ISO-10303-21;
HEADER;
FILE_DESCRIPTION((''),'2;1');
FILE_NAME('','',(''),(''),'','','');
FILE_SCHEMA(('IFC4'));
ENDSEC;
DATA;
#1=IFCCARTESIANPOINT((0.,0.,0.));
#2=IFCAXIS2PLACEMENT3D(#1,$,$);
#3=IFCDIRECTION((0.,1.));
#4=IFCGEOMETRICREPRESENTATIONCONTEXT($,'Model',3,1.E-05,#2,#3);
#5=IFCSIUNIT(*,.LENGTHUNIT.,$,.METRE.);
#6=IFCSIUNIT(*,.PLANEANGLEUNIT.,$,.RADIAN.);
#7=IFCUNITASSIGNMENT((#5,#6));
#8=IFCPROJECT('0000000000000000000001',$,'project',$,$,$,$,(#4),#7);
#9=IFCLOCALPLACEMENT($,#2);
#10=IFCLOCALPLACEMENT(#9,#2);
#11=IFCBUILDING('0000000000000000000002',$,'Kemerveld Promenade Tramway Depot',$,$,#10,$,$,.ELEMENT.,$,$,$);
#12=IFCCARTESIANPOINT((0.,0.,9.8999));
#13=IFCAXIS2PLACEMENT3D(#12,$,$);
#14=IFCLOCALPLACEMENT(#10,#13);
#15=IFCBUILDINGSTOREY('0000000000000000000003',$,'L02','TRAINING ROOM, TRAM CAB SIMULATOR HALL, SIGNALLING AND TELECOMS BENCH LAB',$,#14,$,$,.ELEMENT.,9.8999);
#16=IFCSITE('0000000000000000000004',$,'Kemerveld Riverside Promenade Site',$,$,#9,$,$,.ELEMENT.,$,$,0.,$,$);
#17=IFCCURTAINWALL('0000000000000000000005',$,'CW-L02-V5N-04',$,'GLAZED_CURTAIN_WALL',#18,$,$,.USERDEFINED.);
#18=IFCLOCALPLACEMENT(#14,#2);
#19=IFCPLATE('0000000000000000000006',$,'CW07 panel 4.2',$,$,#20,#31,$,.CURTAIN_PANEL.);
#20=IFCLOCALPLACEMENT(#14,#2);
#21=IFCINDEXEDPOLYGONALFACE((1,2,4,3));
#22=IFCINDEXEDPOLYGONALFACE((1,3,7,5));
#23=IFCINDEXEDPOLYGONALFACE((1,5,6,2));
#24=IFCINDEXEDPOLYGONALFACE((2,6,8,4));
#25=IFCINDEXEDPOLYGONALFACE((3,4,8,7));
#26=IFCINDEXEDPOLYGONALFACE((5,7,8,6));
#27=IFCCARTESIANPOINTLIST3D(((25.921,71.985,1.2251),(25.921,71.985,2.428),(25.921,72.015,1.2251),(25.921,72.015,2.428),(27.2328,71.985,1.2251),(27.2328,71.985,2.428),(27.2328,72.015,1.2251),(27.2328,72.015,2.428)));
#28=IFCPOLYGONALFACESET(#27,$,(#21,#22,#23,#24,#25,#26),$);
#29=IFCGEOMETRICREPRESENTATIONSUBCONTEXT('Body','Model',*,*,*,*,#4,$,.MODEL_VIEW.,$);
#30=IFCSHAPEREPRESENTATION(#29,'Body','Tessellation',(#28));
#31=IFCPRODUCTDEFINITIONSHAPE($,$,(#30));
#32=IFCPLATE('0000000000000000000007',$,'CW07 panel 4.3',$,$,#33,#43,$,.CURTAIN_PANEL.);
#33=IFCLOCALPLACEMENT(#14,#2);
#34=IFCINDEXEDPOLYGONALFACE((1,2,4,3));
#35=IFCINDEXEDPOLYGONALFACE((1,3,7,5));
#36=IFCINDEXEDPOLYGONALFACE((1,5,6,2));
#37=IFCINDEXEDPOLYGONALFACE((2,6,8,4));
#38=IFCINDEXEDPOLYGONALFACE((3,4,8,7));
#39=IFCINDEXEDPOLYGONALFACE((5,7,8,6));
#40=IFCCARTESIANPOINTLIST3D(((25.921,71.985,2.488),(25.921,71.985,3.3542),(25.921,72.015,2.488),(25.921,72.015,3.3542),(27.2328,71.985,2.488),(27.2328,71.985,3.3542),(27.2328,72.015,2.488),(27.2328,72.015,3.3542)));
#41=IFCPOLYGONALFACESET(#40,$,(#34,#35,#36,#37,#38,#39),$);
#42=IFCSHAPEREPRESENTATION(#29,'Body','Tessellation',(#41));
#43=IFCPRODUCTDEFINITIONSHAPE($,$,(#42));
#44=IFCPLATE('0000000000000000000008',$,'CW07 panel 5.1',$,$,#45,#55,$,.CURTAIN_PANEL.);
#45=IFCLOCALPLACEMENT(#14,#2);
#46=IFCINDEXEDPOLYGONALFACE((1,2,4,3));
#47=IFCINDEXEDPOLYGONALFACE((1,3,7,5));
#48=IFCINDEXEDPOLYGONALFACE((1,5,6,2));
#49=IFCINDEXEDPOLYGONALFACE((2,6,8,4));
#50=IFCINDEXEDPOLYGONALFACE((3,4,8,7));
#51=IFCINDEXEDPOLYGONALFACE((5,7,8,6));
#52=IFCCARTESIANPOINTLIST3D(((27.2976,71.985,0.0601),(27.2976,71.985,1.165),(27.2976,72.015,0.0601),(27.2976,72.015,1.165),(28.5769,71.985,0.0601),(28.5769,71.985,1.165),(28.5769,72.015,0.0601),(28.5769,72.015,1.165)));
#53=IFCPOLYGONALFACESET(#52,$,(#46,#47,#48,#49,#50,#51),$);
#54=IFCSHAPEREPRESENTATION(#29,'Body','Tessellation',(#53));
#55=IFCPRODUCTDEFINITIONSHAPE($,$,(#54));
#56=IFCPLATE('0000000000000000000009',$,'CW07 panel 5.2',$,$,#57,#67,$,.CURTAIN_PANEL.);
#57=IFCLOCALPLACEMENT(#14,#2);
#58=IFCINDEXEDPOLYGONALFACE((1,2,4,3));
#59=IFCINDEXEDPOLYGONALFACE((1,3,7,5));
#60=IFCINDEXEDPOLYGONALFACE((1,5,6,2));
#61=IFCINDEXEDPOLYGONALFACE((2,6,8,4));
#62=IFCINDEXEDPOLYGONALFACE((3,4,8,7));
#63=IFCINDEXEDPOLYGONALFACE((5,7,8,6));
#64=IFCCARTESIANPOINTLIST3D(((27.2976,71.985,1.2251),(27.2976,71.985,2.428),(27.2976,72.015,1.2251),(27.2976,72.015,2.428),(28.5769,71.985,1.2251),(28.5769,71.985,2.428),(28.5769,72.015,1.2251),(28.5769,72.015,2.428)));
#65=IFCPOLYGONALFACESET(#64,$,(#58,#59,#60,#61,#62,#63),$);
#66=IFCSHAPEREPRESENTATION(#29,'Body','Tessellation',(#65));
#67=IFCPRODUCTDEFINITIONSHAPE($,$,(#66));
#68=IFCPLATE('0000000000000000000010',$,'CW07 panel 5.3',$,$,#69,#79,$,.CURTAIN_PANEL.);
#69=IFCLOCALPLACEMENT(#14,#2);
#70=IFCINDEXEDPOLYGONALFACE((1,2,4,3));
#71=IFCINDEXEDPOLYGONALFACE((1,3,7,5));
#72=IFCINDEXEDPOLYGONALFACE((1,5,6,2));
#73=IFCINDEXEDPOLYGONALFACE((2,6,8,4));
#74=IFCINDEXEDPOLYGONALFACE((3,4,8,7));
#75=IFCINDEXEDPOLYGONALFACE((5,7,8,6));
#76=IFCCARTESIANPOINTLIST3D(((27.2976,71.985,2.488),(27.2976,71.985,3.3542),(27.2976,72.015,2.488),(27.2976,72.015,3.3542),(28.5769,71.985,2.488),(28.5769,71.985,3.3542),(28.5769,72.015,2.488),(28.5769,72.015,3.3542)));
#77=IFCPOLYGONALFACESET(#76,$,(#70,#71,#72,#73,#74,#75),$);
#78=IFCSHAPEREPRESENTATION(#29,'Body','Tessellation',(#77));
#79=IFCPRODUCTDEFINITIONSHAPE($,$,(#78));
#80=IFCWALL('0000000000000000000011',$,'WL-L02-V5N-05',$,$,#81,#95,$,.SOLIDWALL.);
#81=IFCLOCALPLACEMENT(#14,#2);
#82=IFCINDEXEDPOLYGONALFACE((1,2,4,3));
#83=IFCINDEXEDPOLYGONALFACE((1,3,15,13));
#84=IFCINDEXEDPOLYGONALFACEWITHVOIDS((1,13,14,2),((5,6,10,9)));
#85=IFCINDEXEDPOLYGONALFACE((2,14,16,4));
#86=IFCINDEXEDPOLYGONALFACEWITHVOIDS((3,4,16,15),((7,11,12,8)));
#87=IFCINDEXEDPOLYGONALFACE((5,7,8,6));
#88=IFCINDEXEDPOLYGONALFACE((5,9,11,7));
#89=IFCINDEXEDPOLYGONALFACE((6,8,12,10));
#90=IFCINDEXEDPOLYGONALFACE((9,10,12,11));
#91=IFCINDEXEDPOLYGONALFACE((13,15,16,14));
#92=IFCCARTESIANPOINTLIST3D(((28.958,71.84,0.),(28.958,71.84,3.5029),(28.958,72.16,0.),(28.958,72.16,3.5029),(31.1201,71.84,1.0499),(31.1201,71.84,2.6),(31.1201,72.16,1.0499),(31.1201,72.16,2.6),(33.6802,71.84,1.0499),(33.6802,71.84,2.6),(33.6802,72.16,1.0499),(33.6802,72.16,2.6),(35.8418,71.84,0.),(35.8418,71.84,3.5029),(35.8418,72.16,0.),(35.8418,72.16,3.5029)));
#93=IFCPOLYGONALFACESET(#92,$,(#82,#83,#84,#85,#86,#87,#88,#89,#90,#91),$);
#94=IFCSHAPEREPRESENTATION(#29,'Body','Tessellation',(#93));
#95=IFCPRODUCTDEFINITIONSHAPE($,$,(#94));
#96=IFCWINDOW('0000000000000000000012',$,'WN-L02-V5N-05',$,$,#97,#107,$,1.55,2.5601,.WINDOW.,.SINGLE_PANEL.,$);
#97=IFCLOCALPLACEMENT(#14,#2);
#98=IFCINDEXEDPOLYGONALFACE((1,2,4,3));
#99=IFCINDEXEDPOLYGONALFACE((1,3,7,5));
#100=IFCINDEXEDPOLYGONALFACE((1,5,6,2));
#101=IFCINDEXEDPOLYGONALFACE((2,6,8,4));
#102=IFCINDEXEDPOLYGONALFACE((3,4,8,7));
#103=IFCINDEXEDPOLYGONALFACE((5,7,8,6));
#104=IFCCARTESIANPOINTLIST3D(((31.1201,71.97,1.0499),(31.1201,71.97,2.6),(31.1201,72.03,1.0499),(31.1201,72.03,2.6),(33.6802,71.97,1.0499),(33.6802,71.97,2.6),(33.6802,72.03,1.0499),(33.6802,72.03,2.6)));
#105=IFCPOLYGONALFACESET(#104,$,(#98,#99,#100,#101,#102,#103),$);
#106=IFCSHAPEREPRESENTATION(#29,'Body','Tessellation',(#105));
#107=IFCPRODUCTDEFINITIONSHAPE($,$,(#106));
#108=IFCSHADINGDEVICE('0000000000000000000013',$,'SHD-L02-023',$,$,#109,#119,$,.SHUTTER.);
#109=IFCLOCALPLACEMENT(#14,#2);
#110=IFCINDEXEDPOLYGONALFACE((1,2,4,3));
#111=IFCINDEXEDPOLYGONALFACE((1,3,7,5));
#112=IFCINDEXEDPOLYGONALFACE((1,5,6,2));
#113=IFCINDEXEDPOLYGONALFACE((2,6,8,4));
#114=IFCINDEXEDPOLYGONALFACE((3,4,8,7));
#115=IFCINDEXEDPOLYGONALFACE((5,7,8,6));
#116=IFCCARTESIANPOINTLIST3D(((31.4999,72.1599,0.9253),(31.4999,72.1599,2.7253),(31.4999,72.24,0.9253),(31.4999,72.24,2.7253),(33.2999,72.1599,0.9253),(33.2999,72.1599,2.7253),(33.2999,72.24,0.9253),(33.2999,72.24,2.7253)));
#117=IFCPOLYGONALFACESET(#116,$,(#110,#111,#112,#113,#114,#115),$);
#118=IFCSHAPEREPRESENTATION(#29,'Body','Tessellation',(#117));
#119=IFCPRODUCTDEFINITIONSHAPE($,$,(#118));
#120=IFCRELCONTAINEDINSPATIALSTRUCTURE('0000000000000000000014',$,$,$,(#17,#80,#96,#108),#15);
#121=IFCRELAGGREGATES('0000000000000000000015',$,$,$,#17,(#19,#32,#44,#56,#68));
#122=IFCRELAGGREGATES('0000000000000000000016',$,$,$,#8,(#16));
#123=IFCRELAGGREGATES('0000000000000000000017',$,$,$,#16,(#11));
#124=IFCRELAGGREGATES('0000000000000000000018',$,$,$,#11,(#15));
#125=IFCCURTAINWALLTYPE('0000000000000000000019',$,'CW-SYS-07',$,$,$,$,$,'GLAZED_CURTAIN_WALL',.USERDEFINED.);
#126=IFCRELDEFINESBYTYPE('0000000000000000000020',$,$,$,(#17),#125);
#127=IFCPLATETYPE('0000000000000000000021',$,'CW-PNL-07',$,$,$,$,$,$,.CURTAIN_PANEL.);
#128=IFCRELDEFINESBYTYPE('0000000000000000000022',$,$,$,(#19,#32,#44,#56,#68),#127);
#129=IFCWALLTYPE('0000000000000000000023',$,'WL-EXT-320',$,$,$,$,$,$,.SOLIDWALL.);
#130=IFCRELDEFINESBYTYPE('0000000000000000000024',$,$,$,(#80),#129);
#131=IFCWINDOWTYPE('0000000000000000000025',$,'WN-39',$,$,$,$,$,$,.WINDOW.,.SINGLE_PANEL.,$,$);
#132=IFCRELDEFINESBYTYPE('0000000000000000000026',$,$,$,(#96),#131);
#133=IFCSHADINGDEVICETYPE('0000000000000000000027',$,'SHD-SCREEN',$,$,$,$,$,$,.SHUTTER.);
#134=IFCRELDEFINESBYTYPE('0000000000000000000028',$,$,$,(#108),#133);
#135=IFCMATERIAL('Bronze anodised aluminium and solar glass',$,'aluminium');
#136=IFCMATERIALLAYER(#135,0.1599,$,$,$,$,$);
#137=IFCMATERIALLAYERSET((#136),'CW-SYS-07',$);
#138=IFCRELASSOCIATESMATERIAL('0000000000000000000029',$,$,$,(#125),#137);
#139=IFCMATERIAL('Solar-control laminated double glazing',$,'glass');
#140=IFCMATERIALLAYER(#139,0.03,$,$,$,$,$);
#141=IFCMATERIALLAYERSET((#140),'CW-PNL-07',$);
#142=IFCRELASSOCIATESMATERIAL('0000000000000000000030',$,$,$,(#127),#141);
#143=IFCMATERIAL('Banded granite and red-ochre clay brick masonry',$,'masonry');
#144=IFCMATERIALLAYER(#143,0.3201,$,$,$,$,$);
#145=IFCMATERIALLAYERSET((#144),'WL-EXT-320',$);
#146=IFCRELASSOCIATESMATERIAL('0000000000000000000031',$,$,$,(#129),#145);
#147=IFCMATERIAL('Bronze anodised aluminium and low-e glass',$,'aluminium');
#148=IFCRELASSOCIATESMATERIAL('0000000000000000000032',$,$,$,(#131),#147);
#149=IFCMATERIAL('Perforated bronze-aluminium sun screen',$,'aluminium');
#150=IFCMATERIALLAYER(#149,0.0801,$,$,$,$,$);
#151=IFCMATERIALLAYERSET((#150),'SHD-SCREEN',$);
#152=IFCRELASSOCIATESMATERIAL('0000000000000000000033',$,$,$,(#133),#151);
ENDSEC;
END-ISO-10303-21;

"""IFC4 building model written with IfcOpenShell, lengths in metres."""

from ifc_helpers import new_model, si_unit, direction, frame, frame_2d, origin, origin_2d, place, context, subcontext, project, spatial, rectangle, extrude, material, layer, layer_set, type_object, element, fill, aggregate, save


model = new_model("IFC4")

# Units and contexts
model_context = context("Model", 3, precision=1e-05, world=origin(), true_north=direction((0.0, 1.0)))
body_context = subcontext(model_context, "Body", "Model", "MODEL_VIEW")
ifc_project = project(units=[si_unit("LENGTHUNIT", "METRE"), si_unit("PLANEANGLEUNIT", "RADIAN")], contexts=[model_context])

# Site, building, storey
site_placement = place(None, origin())
site = spatial("IfcSite", under=ifc_project, at=site_placement, Name="Kemerveld Riverside Promenade Site", CompositionType="ELEMENT", RefElevation=0.0)
building_placement = place(site_placement, origin())
building = spatial("IfcBuilding", under=site, at=building_placement, Name="Kemerveld Promenade Tramway Depot", CompositionType="ELEMENT")
storey_placement = place(building_placement, frame((0.0, 0.0, 9.8999)))
storey = spatial("IfcBuildingStorey", under=building, at=storey_placement, Name="L02", Description="TRAINING ROOM, TRAM CAB SIMULATOR HALL, SIGNALLING AND TELECOMS BENCH LAB", CompositionType="ELEMENT", Elevation=9.8999)

# Curtain wall, plates
ifc_material_1 = material(Name="Bronze anodised aluminium and solar glass", Category="aluminium")
ifc_layer_1 = layer(ifc_material_1, 0.1599)
ifc_layer_set_1 = layer_set([ifc_layer_1], Name="CW-SYS-07")
curtain_wall_type = type_object("IfcCurtainWallType", Name="CW-SYS-07", ElementType="GLAZED_CURTAIN_WALL", PredefinedType="USERDEFINED", material=ifc_layer_set_1)
curtain_wall_placement = place(storey_placement, origin())
curtain_wall = element("IfcCurtainWall", 1, at=curtain_wall_placement, inside=storey, type_object=curtain_wall_type, Name="CW-L02-V5N-04", ObjectType="GLAZED_CURTAIN_WALL", PredefinedType="USERDEFINED")
ifc_material_2 = material(Name="Solar-control laminated double glazing", Category="glass")
ifc_layer_2 = layer(ifc_material_2, 0.03)
ifc_layer_set_2 = layer_set([ifc_layer_2], Name="CW-PNL-07")
plate_type = type_object("IfcPlateType", Name="CW-PNL-07", PredefinedType="CURTAIN_PANEL", material=ifc_layer_set_2)
plate_1_placement = place(storey_placement, frame((26.5769, 72.0, 1.2251), z_axis=(0.0, 0.0, 1.0), x_axis=(1.0, 0.0, 0.0)))
plate_1 = element("IfcPlate", 2, at=plate_1_placement, type_object=plate_type, Name="CW07 panel 4.2", PredefinedType="CURTAIN_PANEL", context=body_context, shape_type="SweptSolid", body=[
    extrude(rectangle(XDim=1.3118, YDim=0.03, at=origin_2d()), origin(), (0.0, 0.0, 1.0), 1.2029),
])
plate_2_placement = place(storey_placement, frame((26.5769, 72.0, 2.488), z_axis=(0.0, 0.0, 1.0), x_axis=(1.0, 0.0, 0.0)))
plate_2 = element("IfcPlate", 3, at=plate_2_placement, type_object=plate_type, Name="CW07 panel 4.3", PredefinedType="CURTAIN_PANEL", context=body_context, shape_type="SweptSolid", body=[
    extrude(rectangle(XDim=1.3118, YDim=0.03, at=origin_2d()), origin(), (0.0, 0.0, 1.0), 0.8662),
])
plate_3_placement = place(storey_placement, frame((27.9373, 72.0, 0.0601), z_axis=(0.0, 0.0, 1.0), x_axis=(1.0, 0.0, 0.0)))
plate_3 = element("IfcPlate", 4, at=plate_3_placement, type_object=plate_type, Name="CW07 panel 5.1", PredefinedType="CURTAIN_PANEL", context=body_context, shape_type="SweptSolid", body=[
    extrude(rectangle(XDim=1.2793, YDim=0.03, at=origin_2d()), origin(), (0.0, 0.0, 1.0), 1.105),
])
plate_4_placement = place(storey_placement, frame((27.9373, 72.0, 1.2251), z_axis=(0.0, 0.0, 1.0), x_axis=(1.0, 0.0, 0.0)))
plate_4 = element("IfcPlate", 5, at=plate_4_placement, type_object=plate_type, Name="CW07 panel 5.2", PredefinedType="CURTAIN_PANEL", context=body_context, shape_type="SweptSolid", body=[
    extrude(rectangle(XDim=1.2793, YDim=0.03, at=origin_2d()), origin(), (0.0, 0.0, 1.0), 1.2029),
])
plate_5_placement = place(storey_placement, frame((27.9373, 72.0, 2.488), z_axis=(0.0, 0.0, 1.0), x_axis=(1.0, 0.0, 0.0)))
plate_5 = element("IfcPlate", 6, at=plate_5_placement, type_object=plate_type, Name="CW07 panel 5.3", PredefinedType="CURTAIN_PANEL", context=body_context, shape_type="SweptSolid", body=[
    extrude(rectangle(XDim=1.2793, YDim=0.03, at=origin_2d()), origin(), (0.0, 0.0, 1.0), 0.8662),
])
aggregate(curtain_wall, [plate_1, plate_2, plate_3, plate_4, plate_5])

# Wall, opening, window
ifc_material_3 = material(Name="Banded granite and red-ochre clay brick masonry", Category="masonry")
ifc_layer_3 = layer(ifc_material_3, 0.3201)
ifc_layer_set_3 = layer_set([ifc_layer_3], Name="WL-EXT-320")
wall_type = type_object("IfcWallType", Name="WL-EXT-320", PredefinedType="SOLIDWALL", material=ifc_layer_set_3)
wall_placement = place(storey_placement, frame((28.958, 72.0, 0.0), z_axis=(0.0, 0.0, 1.0), x_axis=(1.0, 0.0, 0.0)))
wall = element("IfcWall", 7, at=wall_placement, inside=storey, type_object=wall_type, Name="WL-L02-V5N-05", PredefinedType="SOLIDWALL", context=body_context, shape_type="SweptSolid", body=[
    extrude(rectangle(XDim=6.8838, YDim=0.3201, at=frame_2d((3.4419, 0.0))), origin(), (0.0, 0.0, 1.0), 3.5029),
])
opening_placement = place(wall_placement, frame((2.1621, 0.0, 1.05)))
opening = element("IfcOpeningElement", 8, at=opening_placement, cuts=wall, PredefinedType="OPENING", context=body_context, shape_type="SweptSolid", body=[
    extrude(rectangle(XDim=2.5601, YDim=1.55, at=frame_2d((1.28, 0.7749))), frame((0.0, 0.1699, 0.0), z_axis=(0.0, -1.0, 0.0), x_axis=(1.0, 0.0, 0.0)), (0.0, 0.0, 1.0), 0.3401),
])
ifc_material_4 = material(Name="Bronze anodised aluminium and low-e glass", Category="aluminium")
window_type = type_object("IfcWindowType", Name="WN-39", PartitioningType="SINGLE_PANEL", PredefinedType="WINDOW", material=ifc_material_4)
window_placement = place(opening_placement, origin())
window = element("IfcWindow", 9, at=window_placement, inside=storey, type_object=window_type, Name="WN-L02-V5N-05", OverallHeight=1.55, OverallWidth=2.5601, PartitioningType="SINGLE_PANEL", PredefinedType="WINDOW", context=body_context, shape_type="SweptSolid", body=[
    extrude(rectangle(XDim=2.5601, YDim=1.55, at=frame_2d((1.28, 0.7749))), frame((0.0, 0.03, 0.0), z_axis=(0.0, -1.0, 0.0), x_axis=(1.0, 0.0, 0.0)), (0.0, 0.0, 1.0), 0.0601),
])
fill(opening, window)

# Shading device
ifc_material_5 = material(Name="Perforated bronze-aluminium sun screen", Category="aluminium")
ifc_layer_4 = layer(ifc_material_5, 0.0801)
ifc_layer_set_4 = layer_set([ifc_layer_4], Name="SHD-SCREEN")
shading_device_type = type_object("IfcShadingDeviceType", Name="SHD-SCREEN", PredefinedType="SHUTTER", material=ifc_layer_set_4)
shading_device_placement = place(storey_placement, frame((32.3999, 72.2, 0.9253), z_axis=(0.0, 0.0, 1.0), x_axis=(1.0, 0.0, 0.0)))
element("IfcShadingDevice", 10, at=shading_device_placement, inside=storey, type_object=shading_device_type, Name="SHD-L02-023", PredefinedType="SHUTTER", context=body_context, shape_type="SweptSolid", body=[
    extrude(rectangle(XDim=1.8, YDim=0.0801, at=origin_2d()), origin(), (0.0, 0.0, 1.0), 1.8),
])

save(model, "model.ifc")
